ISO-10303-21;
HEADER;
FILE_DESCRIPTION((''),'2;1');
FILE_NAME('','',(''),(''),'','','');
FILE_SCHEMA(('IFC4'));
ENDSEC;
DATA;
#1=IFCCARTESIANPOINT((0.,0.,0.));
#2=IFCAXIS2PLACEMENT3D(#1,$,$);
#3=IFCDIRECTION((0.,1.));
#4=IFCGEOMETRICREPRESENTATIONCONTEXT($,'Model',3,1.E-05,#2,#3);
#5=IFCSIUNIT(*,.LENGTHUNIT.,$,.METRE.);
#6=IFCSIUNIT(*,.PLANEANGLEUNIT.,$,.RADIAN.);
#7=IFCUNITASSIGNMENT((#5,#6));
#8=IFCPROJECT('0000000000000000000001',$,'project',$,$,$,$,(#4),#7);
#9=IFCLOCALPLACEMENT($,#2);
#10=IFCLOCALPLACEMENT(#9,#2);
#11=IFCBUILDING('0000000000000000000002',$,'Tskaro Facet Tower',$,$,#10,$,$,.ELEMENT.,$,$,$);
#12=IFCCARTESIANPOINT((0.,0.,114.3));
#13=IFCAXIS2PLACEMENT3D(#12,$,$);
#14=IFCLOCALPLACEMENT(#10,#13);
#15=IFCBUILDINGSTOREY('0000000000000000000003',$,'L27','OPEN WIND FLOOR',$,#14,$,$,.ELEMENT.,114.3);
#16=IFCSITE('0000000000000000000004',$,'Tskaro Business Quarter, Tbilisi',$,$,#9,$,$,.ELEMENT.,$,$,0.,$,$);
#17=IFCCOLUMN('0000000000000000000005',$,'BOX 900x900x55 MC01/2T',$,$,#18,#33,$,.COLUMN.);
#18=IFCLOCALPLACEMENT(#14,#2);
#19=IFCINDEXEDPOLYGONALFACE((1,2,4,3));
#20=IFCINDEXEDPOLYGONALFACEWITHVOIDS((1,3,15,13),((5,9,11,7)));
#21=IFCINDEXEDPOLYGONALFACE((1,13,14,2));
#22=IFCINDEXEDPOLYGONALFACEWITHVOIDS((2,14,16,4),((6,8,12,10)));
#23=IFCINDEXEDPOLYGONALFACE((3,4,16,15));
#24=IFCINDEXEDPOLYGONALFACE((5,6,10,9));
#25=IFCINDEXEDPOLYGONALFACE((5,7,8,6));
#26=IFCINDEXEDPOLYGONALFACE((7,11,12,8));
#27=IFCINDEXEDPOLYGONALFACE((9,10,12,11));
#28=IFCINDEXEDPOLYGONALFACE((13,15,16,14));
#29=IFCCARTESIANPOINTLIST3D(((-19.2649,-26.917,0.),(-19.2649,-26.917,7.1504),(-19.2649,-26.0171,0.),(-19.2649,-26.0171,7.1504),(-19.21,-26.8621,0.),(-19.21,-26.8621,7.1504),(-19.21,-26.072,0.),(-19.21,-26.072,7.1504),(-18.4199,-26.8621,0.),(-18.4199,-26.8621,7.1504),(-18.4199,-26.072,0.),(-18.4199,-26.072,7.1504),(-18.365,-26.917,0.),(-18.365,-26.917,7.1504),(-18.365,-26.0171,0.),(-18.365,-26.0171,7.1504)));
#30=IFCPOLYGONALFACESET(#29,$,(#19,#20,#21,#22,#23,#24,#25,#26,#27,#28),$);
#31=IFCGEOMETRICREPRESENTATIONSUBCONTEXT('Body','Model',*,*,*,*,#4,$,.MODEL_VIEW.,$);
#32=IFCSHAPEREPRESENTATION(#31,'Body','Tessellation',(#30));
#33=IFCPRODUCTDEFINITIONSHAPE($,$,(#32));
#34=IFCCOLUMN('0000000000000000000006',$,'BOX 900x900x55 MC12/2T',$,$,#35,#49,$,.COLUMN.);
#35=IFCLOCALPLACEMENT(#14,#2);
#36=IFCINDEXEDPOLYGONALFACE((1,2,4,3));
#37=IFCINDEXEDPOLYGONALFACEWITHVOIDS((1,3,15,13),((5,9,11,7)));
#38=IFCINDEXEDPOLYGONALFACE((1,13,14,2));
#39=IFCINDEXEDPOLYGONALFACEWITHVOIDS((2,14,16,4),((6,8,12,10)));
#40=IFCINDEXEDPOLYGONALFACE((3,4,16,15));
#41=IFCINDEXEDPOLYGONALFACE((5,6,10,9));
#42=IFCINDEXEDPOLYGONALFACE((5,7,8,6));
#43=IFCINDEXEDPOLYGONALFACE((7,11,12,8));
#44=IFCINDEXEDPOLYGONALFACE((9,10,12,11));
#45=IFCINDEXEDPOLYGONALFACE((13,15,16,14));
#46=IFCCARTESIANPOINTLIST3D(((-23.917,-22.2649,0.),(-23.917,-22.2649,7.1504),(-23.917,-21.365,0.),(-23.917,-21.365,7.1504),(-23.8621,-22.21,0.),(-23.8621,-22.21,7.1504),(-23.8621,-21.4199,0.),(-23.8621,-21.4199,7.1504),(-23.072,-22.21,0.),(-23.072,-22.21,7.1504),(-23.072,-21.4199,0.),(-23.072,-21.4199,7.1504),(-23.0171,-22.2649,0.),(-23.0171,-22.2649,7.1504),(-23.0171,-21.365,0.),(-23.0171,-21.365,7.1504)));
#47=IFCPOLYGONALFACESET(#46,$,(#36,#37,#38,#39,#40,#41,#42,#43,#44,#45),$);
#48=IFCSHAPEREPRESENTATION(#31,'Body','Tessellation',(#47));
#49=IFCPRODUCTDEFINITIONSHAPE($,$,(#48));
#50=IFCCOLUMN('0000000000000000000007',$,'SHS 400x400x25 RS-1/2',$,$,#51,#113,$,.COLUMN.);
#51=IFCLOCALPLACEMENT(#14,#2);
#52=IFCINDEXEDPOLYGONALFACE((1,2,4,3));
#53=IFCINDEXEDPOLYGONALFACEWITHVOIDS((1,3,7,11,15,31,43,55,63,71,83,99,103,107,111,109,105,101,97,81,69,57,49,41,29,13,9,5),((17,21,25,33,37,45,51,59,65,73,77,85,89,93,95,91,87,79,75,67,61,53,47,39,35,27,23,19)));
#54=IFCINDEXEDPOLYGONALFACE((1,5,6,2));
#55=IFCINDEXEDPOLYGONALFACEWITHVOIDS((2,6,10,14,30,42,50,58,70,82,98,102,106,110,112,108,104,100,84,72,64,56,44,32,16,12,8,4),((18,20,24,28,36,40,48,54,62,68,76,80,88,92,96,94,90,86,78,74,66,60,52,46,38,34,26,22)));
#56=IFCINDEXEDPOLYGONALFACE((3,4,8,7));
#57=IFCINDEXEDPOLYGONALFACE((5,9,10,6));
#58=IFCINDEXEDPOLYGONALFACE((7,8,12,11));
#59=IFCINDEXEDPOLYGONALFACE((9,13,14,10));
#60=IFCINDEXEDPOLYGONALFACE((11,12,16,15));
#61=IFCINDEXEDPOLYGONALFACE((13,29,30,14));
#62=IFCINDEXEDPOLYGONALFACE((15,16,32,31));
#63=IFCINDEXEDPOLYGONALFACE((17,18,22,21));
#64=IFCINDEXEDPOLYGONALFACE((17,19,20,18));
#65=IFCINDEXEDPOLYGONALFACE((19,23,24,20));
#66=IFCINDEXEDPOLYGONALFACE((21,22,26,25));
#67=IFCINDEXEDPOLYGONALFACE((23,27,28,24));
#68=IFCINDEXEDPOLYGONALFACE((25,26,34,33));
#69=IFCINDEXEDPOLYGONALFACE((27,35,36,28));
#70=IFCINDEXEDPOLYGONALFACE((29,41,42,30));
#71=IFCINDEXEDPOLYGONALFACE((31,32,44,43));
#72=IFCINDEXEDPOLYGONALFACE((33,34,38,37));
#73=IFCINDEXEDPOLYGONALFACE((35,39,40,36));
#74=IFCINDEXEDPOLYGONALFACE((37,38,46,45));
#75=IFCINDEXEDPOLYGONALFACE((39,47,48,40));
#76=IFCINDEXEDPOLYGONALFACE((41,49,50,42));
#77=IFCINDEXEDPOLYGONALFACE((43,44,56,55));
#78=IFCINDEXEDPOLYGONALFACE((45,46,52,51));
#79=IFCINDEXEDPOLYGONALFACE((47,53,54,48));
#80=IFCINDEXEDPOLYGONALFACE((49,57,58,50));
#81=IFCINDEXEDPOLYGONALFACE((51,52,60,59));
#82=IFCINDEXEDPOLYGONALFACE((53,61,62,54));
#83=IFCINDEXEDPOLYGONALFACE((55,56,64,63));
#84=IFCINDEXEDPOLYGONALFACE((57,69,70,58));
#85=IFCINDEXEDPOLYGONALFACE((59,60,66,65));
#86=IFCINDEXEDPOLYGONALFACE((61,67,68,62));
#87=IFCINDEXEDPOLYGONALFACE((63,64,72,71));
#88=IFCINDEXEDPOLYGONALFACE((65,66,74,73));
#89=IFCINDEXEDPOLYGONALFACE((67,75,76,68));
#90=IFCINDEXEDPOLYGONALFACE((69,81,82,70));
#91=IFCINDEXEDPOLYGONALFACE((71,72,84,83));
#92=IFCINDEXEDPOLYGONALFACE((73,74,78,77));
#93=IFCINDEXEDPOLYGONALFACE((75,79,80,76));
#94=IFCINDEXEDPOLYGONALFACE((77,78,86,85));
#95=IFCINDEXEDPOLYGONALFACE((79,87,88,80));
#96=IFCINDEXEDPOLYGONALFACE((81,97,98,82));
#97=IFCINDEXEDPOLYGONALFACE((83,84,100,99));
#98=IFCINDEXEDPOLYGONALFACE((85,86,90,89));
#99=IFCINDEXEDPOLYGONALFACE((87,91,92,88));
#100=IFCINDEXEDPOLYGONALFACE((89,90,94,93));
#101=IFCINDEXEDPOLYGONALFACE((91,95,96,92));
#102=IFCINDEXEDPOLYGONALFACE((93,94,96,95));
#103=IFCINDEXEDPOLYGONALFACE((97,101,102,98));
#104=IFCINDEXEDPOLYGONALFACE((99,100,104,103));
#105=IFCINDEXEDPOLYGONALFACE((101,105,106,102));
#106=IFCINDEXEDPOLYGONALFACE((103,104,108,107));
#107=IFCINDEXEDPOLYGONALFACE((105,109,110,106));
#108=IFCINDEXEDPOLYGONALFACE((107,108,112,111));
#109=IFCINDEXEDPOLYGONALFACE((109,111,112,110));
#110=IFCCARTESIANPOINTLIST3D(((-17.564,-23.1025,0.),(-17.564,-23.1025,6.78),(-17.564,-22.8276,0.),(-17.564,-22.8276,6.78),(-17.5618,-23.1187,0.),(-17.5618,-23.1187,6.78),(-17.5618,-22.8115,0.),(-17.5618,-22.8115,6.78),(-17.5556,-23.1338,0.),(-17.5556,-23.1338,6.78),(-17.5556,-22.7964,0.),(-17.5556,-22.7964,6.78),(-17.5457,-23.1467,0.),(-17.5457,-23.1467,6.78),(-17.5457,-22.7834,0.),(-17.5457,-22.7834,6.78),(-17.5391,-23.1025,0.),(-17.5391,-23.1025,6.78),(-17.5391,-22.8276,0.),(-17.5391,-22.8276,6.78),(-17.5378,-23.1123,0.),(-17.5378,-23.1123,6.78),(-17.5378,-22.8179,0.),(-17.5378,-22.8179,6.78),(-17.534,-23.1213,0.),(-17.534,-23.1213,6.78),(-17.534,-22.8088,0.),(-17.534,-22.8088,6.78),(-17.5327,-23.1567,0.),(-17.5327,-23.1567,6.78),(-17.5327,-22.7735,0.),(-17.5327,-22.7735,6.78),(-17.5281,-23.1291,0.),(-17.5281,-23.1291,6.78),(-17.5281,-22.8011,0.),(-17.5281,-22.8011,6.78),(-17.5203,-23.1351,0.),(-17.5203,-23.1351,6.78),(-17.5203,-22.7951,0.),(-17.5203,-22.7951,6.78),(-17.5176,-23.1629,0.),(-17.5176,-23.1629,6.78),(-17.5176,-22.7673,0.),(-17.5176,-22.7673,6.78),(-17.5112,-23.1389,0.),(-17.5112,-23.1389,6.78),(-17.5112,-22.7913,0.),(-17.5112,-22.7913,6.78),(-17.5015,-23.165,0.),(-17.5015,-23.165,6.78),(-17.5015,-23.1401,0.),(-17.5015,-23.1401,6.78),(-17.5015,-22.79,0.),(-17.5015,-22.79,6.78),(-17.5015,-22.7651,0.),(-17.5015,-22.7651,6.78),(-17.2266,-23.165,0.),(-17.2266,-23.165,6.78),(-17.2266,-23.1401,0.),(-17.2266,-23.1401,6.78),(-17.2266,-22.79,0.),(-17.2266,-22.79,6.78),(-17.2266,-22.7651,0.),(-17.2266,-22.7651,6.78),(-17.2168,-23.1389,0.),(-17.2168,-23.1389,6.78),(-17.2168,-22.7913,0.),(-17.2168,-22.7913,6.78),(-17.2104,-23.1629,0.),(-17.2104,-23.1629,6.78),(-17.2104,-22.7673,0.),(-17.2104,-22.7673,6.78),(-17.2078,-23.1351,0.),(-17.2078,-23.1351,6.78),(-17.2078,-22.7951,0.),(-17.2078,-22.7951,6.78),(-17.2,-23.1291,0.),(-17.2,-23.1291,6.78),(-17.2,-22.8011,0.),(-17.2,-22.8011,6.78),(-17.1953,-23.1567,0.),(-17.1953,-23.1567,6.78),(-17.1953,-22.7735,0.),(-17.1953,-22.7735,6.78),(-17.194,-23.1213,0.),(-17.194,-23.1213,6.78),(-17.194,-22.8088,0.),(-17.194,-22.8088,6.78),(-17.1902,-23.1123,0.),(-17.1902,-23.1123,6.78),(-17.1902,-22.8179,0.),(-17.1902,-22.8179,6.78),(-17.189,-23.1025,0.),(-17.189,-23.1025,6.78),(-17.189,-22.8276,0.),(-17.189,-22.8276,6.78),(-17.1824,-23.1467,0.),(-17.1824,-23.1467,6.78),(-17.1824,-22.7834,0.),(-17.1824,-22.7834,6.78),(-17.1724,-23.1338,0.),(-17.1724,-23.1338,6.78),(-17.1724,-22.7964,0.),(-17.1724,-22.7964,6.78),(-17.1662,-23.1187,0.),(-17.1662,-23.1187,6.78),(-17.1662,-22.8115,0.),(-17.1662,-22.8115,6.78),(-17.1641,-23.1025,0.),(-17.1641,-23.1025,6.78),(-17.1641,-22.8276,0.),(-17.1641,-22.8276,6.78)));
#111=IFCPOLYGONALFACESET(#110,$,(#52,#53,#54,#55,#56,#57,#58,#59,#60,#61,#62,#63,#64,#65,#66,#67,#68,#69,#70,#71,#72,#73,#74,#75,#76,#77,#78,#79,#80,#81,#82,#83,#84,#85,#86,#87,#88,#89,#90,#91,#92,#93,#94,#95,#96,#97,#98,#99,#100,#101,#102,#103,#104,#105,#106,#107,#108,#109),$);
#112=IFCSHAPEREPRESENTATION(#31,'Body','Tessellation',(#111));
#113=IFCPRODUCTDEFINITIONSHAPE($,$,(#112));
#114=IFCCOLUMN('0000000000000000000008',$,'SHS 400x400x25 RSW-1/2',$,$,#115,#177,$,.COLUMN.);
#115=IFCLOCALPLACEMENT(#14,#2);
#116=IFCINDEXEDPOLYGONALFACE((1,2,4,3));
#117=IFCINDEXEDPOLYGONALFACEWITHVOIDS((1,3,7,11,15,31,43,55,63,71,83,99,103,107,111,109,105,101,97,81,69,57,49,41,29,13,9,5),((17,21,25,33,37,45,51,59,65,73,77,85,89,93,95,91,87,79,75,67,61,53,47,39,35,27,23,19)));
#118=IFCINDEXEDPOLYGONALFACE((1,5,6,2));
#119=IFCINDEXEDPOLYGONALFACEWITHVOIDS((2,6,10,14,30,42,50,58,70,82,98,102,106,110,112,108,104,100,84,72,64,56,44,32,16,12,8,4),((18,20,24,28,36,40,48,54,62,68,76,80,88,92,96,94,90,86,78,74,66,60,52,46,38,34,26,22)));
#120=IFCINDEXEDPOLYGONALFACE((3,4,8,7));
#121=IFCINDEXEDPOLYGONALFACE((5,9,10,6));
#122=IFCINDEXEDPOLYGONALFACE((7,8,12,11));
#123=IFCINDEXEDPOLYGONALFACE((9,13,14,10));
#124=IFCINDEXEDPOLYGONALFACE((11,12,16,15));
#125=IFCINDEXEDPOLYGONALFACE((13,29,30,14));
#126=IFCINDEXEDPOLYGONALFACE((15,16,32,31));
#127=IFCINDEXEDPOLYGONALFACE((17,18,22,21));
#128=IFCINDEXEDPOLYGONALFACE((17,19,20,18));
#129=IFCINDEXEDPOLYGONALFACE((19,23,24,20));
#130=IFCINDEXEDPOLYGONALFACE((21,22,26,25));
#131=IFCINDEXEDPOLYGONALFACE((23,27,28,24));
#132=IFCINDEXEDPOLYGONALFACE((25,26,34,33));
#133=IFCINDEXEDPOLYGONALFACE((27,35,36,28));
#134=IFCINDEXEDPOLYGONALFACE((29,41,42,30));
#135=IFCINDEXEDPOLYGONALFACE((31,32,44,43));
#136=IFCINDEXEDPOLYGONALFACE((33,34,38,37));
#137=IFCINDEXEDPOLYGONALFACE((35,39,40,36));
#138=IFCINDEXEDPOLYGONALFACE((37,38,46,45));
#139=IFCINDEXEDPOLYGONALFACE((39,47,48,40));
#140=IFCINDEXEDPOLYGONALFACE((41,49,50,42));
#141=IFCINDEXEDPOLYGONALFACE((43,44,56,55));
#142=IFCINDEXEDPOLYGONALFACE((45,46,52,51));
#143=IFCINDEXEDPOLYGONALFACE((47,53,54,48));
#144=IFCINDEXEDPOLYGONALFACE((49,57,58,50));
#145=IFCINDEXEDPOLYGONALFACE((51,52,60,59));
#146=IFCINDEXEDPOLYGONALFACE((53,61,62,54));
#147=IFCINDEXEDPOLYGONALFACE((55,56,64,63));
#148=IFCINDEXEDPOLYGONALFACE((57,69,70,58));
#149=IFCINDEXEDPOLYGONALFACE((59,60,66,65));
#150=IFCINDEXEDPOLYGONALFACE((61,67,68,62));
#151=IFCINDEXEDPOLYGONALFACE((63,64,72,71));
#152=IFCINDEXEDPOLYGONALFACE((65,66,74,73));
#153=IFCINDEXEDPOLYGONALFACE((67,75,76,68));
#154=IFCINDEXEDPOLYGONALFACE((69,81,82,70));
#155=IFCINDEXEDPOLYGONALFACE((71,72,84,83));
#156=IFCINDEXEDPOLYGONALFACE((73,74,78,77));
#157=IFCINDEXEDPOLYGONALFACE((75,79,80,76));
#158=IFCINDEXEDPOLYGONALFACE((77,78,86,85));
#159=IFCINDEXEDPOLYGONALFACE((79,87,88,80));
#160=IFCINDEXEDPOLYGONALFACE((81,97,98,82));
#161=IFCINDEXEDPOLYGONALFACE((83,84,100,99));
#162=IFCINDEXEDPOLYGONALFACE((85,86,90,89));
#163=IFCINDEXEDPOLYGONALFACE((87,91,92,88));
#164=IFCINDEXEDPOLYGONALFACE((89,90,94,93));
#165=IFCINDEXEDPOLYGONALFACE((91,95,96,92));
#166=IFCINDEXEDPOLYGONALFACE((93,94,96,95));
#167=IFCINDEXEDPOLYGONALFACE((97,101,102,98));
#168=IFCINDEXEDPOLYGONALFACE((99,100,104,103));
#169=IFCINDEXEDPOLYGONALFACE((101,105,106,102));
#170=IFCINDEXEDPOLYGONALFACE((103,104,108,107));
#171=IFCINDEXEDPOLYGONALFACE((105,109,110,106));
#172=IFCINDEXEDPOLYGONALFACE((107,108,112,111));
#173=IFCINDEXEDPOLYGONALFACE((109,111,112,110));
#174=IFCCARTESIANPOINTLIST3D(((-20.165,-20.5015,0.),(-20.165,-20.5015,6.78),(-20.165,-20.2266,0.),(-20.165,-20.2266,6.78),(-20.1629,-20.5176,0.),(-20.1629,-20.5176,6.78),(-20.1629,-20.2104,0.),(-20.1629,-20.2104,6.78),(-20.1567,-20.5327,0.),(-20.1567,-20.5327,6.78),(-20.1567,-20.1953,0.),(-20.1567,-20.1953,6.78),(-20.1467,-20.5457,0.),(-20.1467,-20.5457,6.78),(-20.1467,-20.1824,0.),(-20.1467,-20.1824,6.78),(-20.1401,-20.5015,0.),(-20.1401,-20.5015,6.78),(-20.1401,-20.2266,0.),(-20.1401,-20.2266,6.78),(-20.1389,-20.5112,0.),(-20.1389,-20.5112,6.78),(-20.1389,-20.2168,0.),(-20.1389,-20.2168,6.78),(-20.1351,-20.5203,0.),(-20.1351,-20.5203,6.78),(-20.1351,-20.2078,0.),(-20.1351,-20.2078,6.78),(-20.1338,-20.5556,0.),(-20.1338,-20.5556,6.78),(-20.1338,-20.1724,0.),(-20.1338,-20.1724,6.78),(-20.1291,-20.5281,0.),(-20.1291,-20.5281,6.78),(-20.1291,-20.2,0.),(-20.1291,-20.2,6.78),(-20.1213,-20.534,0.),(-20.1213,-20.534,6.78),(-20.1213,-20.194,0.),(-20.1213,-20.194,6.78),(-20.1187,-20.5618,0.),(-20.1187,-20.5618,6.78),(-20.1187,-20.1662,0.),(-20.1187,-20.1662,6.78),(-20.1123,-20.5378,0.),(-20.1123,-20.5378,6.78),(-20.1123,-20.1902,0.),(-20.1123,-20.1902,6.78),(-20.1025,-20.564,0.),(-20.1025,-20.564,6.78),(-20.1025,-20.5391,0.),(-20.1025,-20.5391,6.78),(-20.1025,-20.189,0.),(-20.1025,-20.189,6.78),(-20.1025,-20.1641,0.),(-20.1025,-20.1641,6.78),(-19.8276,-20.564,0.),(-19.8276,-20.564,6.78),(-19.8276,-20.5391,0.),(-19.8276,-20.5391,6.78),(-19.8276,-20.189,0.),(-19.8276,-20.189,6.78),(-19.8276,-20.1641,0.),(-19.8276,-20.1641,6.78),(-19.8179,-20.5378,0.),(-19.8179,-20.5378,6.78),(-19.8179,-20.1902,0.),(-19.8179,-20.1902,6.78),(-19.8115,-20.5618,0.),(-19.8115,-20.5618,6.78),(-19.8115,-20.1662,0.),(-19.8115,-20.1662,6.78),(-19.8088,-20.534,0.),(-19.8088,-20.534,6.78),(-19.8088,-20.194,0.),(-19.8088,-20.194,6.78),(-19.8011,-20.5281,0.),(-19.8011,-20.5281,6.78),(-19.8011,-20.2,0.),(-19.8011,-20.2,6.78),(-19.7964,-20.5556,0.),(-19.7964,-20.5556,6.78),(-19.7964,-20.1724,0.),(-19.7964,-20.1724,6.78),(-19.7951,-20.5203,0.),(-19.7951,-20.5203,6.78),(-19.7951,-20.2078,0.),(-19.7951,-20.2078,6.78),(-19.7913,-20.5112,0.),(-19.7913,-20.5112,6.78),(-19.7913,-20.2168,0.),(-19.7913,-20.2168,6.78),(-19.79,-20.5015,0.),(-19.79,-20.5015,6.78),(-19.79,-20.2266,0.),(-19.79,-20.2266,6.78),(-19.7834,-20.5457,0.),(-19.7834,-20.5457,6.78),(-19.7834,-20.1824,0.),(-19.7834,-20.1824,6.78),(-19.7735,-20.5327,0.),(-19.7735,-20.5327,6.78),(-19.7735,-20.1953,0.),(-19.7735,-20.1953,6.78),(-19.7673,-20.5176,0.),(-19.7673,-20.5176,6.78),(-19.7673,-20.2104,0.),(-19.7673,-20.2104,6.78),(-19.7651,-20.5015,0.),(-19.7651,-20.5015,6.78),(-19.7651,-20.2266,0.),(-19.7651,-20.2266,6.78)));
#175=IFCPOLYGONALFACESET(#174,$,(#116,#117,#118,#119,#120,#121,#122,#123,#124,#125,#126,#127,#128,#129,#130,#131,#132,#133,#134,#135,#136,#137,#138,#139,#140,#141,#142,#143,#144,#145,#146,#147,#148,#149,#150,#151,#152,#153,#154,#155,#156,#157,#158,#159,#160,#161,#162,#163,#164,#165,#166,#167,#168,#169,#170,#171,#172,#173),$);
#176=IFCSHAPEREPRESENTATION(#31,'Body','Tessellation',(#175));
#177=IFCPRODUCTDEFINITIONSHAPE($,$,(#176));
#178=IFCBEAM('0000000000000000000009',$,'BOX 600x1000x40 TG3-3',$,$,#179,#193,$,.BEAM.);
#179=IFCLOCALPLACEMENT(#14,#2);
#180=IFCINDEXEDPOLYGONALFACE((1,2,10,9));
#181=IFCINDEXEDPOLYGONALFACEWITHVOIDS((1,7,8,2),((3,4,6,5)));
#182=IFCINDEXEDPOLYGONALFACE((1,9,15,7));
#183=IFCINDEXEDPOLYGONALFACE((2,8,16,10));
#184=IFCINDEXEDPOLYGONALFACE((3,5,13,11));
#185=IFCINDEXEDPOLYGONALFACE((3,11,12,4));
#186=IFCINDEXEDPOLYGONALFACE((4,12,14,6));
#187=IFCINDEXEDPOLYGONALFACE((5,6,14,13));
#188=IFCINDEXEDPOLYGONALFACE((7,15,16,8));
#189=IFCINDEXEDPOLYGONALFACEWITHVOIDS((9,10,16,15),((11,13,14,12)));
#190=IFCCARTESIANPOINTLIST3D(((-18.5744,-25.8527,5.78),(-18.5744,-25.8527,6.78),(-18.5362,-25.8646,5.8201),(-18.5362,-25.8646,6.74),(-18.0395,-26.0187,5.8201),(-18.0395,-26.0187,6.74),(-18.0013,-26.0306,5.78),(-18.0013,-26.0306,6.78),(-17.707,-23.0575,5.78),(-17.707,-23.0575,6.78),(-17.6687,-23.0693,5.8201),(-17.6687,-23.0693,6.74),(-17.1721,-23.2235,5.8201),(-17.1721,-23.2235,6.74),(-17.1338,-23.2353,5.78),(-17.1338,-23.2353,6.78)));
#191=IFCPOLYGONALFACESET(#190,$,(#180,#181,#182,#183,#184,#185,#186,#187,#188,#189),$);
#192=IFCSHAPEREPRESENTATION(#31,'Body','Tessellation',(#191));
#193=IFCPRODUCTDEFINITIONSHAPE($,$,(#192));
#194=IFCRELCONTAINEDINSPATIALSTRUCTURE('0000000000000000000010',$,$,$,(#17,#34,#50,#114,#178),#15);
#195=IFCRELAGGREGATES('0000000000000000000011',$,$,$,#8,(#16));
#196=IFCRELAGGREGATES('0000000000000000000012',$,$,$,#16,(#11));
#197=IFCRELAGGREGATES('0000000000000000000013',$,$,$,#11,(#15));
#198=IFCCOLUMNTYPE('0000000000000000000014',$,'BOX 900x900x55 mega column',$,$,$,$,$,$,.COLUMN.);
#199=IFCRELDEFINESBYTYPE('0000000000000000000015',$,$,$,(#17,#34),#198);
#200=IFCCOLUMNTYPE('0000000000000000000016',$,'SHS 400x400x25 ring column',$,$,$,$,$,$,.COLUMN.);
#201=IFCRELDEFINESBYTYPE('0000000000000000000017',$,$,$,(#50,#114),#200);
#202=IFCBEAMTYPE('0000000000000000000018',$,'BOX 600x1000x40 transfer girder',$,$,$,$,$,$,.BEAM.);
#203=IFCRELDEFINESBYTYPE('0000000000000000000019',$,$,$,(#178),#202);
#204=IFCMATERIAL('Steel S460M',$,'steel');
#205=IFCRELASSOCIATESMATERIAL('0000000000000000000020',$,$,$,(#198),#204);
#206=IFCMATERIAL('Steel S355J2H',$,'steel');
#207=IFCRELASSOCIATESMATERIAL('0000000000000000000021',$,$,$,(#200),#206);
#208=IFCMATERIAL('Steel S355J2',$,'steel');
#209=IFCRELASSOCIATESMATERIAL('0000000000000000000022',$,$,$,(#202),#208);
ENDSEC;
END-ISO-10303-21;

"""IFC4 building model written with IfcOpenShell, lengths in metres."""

from ifc_helpers import new_model, si_unit, direction, frame, origin, origin_2d, place, context, subcontext, project, spatial, hollow_rectangle, extrude, material, material_profile, profile_set, type_object, element, save


model = new_model("IFC4")

# Units and contexts
model_context = context("Model", 3, precision=1e-05, world=origin(), true_north=direction((0.0, 1.0)))
body_context = subcontext(model_context, "Body", "Model", "MODEL_VIEW")
ifc_project = project(units=[si_unit("LENGTHUNIT", "METRE"), si_unit("PLANEANGLEUNIT", "RADIAN")], contexts=[model_context])

# Site, building, storey
site_placement = place(None, origin())
site = spatial("IfcSite", under=ifc_project, at=site_placement, Name="Tskaro Business Quarter, Tbilisi", CompositionType="ELEMENT", RefElevation=0.0)
building_placement = place(site_placement, origin())
building = spatial("IfcBuilding", under=site, at=building_placement, Name="Tskaro Facet Tower", CompositionType="ELEMENT")
storey_placement = place(building_placement, frame((0.0, 0.0, 114.3)))
storey = spatial("IfcBuildingStorey", under=building, at=storey_placement, Name="L27", Description="OPEN WIND FLOOR", CompositionType="ELEMENT", Elevation=114.3)

# Columns
ifc_material_1 = material(Name="Steel S460M", Category="steel")
ifc_material_profile_1 = material_profile(ifc_material_1, hollow_rectangle(XDim=0.8999, YDim=0.8999, WallThickness=0.0549, at=origin_2d()), Name="BOX 900x900x55")
ifc_profile_set_1 = profile_set([ifc_material_profile_1], Name="Steel S460M")
column_type_1 = type_object("IfcColumnType", Name="BOX 900x900x55 mega column", PredefinedType="COLUMN", material=ifc_profile_set_1)
for number, where, z_axis, x_axis, name in (
    (1, (-18.8149, -26.467, 0.0), (0.0, 0.0, 1.0), (1.0, 0.0, 0.0), "BOX 900x900x55 MC01/2T"),
    (2, (-23.467, -21.8149, 0.0), (0.0, 0.0, 1.0), (1.0, 0.0, 0.0), "BOX 900x900x55 MC12/2T"),
):
    element("IfcColumn", number, at=place(storey_placement, frame(where, z_axis=z_axis, x_axis=x_axis)), inside=storey, type_object=column_type_1, Name=name, PredefinedType="COLUMN", context=body_context, shape_type="SweptSolid", body=[
        extrude(hollow_rectangle(XDim=0.8999, YDim=0.8999, WallThickness=0.0549, at=origin_2d()), origin(), (0.0, 0.0, 1.0), 7.1504),
    ])
ifc_material_2 = material(Name="Steel S355J2H", Category="steel")
ifc_material_profile_2 = material_profile(ifc_material_2, hollow_rectangle(XDim=0.3999, YDim=0.3999, WallThickness=0.0249, InnerFilletRadius=0.0376, OuterFilletRadius=0.0625, at=origin_2d()), Name="SHS 400x400x25")
ifc_profile_set_2 = profile_set([ifc_material_profile_2], Name="Steel S355J2H")
column_type_2 = type_object("IfcColumnType", Name="SHS 400x400x25 ring column", PredefinedType="COLUMN", material=ifc_profile_set_2)
for number, where, z_axis, x_axis, name in (
    (3, (-17.364, -22.9651, 0.0), (0.0, 0.0, 1.0), (1.0, 0.0, 0.0), "SHS 400x400x25 RS-1/2"),
    (4, (-19.9651, -20.364, 0.0), (0.0, 0.0, 1.0), (1.0, 0.0, 0.0), "SHS 400x400x25 RSW-1/2"),
):
    element("IfcColumn", number, at=place(storey_placement, frame(where, z_axis=z_axis, x_axis=x_axis)), inside=storey, type_object=column_type_2, Name=name, PredefinedType="COLUMN", context=body_context, shape_type="SweptSolid", body=[
        extrude(hollow_rectangle(XDim=0.3999, YDim=0.3999, WallThickness=0.0249, InnerFilletRadius=0.0376, OuterFilletRadius=0.0625, at=origin_2d()), origin(), (0.0, 0.0, 1.0), 6.78),
    ])

# Beam
ifc_material_3 = material(Name="Steel S355J2", Category="steel")
ifc_material_profile_3 = material_profile(ifc_material_3, hollow_rectangle(XDim=0.6001, YDim=1.0, WallThickness=0.04, at=origin_2d()), Name="BOX 600x1000x40")
ifc_profile_set_3 = profile_set([ifc_material_profile_3], Name="Steel S355J2")
beam_type_1 = type_object("IfcBeamType", Name="BOX 600x1000x40 transfer girder", PredefinedType="BEAM", material=ifc_profile_set_3)
for number, where, z_axis, x_axis, name in (
    (5, (-18.2878, -25.9417, 6.28), (0.296389, 0.955067, 0.0), (-0.955067, 0.296389, 0.0), "BOX 600x1000x40 TG3-3"),
):
    element("IfcBeam", number, at=place(storey_placement, frame(where, z_axis=z_axis, x_axis=x_axis)), inside=storey, type_object=beam_type_1, Name=name, PredefinedType="BEAM", context=body_context, shape_type="SweptSolid", body=[
        extrude(hollow_rectangle(XDim=0.6001, YDim=1.0, WallThickness=0.04, at=origin_2d()), origin(), (0.0, 0.0, 1.0), 2.9268),
    ])

save(model, "model.ifc")
